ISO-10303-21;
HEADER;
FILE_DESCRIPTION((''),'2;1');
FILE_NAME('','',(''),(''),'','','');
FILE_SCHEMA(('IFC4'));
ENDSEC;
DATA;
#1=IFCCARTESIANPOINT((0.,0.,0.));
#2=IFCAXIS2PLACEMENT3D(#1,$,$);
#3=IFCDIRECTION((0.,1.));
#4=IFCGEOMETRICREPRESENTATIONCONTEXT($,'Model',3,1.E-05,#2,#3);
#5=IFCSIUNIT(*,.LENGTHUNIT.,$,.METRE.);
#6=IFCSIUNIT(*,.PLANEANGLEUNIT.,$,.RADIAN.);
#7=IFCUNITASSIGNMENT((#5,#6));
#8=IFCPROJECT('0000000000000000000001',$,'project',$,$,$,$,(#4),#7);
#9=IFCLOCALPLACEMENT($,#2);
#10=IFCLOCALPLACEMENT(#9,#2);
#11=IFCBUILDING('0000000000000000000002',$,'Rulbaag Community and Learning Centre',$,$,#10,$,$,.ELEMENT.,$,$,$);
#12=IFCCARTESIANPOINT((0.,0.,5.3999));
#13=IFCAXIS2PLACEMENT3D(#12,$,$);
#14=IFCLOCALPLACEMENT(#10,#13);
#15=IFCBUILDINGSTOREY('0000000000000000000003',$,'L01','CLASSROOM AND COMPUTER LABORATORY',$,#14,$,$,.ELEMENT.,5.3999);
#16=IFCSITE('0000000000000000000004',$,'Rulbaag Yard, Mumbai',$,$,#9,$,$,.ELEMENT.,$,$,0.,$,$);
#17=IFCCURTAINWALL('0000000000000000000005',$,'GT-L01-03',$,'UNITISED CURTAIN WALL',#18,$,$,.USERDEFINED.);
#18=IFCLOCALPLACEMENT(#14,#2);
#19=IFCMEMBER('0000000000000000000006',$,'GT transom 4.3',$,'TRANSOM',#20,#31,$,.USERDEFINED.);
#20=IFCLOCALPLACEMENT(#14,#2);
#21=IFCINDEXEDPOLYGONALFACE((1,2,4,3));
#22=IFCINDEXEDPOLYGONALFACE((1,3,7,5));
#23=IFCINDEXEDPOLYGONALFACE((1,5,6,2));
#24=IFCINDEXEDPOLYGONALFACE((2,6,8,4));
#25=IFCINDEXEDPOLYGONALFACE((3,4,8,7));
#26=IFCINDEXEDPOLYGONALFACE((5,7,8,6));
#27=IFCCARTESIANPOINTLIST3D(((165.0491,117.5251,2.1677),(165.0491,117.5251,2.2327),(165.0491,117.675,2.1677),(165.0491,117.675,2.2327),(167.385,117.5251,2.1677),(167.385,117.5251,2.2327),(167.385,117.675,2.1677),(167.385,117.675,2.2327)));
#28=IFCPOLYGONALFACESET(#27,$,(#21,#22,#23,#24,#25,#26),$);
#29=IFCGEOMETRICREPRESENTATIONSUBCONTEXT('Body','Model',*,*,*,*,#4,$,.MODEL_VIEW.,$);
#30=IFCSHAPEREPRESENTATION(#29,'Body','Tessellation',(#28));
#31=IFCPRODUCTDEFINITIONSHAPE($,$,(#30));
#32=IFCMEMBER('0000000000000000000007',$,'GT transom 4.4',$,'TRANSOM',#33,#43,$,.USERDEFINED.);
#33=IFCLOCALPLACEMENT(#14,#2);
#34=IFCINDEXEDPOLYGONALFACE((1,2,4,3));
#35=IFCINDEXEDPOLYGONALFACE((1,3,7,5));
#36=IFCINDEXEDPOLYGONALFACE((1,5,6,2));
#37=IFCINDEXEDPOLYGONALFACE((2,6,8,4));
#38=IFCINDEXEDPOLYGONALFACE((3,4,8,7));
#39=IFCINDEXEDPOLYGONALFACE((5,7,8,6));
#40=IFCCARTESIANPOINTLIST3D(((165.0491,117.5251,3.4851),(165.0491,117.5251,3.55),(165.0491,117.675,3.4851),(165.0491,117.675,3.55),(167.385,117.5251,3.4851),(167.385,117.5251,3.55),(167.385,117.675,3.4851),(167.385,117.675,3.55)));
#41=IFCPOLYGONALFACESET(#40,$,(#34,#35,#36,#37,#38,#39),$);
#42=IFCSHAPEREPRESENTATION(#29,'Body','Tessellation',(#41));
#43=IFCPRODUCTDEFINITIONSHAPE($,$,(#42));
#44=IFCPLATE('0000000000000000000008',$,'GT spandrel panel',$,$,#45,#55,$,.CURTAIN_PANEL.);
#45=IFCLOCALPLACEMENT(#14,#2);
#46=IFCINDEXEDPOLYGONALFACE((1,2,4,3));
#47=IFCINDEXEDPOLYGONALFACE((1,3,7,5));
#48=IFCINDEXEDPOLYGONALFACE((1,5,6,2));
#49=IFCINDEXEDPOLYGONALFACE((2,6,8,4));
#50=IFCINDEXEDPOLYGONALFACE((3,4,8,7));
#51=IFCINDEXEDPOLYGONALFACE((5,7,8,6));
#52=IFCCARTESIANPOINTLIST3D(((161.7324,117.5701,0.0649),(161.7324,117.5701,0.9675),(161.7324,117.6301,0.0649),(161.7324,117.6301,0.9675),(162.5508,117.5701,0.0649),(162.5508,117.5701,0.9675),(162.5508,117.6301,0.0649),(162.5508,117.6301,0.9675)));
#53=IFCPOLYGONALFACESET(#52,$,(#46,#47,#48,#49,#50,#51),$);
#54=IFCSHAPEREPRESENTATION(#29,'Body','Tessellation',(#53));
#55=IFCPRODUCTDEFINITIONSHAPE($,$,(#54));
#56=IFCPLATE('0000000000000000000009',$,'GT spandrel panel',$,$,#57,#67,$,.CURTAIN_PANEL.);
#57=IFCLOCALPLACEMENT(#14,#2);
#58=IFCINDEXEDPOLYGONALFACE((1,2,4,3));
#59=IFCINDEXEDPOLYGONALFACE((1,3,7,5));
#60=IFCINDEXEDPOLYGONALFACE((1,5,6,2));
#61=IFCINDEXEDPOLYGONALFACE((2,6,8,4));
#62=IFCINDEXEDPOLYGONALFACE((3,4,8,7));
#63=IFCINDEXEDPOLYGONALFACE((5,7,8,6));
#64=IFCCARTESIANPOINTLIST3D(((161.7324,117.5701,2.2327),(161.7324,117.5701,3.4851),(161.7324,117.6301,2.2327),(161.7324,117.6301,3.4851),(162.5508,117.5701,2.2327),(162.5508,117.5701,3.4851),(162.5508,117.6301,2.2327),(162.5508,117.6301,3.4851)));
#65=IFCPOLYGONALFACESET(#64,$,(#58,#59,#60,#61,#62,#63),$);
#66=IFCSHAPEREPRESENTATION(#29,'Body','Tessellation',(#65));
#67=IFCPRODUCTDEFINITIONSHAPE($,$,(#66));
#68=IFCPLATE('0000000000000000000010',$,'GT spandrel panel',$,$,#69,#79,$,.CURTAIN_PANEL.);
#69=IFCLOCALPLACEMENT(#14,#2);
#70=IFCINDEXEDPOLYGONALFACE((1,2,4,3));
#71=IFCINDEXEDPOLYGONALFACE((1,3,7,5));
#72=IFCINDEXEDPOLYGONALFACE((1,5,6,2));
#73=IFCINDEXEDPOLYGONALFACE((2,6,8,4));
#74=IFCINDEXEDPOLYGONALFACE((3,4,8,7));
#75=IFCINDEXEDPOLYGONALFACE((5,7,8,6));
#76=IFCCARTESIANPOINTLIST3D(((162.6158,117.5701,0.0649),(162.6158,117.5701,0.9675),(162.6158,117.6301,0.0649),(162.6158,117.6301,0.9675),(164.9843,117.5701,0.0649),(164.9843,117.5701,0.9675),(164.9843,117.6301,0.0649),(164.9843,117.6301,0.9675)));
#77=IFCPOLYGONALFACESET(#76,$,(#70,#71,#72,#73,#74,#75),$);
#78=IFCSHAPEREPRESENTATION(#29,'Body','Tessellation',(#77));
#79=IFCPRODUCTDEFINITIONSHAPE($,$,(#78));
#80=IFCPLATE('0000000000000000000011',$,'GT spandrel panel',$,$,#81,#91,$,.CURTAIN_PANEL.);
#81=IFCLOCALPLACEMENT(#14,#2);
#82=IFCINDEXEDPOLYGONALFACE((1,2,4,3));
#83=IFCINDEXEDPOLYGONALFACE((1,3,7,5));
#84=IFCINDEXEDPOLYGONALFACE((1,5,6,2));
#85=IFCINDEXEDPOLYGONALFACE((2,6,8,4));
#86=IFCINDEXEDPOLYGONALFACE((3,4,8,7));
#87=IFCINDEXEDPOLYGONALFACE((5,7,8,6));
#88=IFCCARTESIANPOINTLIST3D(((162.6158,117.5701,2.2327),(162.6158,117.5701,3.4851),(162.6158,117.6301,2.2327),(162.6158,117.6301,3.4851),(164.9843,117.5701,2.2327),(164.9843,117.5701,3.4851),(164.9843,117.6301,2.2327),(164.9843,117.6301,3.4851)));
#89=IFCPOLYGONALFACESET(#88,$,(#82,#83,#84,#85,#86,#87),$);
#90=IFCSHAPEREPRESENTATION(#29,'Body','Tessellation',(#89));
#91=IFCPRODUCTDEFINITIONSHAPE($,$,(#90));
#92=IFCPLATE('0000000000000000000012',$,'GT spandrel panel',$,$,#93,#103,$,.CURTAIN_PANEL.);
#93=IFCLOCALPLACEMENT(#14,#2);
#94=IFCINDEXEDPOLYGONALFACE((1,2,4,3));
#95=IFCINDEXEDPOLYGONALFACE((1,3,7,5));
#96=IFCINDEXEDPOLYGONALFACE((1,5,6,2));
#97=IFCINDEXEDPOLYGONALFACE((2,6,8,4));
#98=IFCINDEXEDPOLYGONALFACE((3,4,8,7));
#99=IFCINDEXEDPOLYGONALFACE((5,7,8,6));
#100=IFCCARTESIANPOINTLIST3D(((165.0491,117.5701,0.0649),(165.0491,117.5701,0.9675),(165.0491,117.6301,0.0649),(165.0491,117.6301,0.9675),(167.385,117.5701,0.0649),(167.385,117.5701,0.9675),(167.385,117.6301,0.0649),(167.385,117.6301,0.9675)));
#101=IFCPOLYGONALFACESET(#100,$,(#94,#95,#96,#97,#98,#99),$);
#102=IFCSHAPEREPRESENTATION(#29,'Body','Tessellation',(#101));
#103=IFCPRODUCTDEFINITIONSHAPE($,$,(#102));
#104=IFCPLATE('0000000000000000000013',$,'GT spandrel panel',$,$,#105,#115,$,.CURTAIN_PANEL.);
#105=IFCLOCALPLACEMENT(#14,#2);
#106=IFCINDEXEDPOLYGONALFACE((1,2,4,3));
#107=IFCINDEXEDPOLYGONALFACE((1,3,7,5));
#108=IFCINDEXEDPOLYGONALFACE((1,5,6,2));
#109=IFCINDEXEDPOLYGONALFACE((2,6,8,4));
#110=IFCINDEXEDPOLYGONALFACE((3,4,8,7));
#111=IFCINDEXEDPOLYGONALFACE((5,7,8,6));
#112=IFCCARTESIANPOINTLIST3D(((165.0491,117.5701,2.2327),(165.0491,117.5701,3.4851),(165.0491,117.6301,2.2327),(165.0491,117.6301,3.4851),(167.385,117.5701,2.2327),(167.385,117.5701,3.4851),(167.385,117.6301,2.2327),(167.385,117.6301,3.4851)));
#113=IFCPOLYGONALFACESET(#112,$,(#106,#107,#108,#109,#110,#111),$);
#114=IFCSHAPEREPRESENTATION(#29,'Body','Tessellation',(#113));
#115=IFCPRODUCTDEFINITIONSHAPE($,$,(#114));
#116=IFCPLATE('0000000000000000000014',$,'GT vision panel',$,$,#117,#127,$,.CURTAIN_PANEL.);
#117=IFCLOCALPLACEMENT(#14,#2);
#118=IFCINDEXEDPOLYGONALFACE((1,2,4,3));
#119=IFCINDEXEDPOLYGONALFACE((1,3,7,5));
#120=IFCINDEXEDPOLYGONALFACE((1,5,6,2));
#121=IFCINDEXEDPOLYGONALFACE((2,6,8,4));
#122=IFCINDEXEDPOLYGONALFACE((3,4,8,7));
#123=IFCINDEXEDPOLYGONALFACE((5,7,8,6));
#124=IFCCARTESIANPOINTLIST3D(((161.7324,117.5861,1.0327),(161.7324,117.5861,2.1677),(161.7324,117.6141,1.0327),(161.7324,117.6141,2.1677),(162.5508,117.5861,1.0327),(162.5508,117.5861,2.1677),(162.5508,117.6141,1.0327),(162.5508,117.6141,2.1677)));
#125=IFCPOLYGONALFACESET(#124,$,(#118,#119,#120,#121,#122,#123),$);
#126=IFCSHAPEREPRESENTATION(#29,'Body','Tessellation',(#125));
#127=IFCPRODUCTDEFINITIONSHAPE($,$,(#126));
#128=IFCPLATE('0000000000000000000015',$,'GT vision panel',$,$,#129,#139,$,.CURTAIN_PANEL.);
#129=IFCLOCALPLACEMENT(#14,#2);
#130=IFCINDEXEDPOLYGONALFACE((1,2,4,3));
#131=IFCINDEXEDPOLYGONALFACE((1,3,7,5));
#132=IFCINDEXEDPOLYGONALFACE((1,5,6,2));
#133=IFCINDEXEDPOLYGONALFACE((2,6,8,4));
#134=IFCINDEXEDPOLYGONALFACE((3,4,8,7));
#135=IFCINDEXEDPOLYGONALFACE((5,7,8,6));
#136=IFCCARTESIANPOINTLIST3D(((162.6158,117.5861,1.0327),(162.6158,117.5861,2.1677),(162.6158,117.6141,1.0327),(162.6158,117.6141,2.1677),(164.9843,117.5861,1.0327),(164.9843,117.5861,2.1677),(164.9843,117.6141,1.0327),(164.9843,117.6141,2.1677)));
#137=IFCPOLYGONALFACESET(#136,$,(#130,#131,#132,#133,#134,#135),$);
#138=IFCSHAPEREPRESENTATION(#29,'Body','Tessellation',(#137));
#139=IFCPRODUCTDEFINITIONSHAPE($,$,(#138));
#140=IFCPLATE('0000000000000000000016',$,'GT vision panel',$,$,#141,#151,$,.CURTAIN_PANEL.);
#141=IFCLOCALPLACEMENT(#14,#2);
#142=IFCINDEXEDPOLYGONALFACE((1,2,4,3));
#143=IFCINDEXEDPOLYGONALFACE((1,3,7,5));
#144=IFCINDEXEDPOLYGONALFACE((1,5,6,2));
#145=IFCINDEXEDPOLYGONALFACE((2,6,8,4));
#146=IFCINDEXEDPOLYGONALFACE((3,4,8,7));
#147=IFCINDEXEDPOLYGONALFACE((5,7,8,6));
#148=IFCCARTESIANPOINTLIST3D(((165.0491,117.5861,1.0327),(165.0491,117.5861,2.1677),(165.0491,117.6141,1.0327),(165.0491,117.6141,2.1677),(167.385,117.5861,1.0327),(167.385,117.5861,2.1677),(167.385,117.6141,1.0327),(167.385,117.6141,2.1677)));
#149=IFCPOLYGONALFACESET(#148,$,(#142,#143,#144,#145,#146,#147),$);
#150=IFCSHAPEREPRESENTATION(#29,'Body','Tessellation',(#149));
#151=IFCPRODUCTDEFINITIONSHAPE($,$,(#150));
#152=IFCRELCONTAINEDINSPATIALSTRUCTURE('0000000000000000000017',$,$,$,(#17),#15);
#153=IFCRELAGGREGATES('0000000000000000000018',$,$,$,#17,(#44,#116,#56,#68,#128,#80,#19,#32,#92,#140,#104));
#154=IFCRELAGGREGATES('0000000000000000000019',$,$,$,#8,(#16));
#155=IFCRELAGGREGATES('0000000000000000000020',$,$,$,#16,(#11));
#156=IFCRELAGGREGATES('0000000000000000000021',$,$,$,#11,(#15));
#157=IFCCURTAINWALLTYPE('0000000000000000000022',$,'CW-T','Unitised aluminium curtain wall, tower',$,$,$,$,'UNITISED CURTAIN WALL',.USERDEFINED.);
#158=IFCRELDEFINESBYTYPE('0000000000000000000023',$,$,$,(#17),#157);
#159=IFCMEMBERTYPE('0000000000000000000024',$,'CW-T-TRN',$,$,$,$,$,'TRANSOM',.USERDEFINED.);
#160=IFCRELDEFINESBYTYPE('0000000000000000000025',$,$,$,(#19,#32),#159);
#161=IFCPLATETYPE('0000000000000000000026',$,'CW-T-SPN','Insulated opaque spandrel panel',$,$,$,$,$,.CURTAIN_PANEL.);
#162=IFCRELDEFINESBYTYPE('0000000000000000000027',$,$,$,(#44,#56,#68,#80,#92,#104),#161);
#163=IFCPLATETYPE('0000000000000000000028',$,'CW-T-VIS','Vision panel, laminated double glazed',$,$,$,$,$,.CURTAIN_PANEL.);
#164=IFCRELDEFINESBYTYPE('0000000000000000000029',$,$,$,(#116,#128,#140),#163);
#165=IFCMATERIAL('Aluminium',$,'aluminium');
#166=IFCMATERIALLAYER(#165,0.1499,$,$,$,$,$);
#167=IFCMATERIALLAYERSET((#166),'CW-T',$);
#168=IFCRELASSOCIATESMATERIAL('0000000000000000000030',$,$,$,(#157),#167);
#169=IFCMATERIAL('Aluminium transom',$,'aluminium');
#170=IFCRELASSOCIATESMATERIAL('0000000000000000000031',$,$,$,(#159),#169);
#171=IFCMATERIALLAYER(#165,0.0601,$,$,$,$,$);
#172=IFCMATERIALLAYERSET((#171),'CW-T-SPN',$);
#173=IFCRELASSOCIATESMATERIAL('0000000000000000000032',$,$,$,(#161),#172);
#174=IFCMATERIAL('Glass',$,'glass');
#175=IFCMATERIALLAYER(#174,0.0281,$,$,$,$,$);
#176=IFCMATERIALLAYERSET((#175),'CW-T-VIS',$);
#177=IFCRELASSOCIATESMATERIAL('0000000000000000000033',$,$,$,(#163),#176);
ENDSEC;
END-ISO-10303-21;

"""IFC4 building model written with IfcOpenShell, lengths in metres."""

from ifc_helpers import new_model, si_unit, direction, frame, origin, origin_2d, place, context, subcontext, project, spatial, rectangle, extrude, material, layer, layer_set, material_profile, profile_set, type_object, element, aggregate, save


model = new_model("IFC4")

# Units and contexts
model_context = context("Model", 3, precision=1e-05, world=origin(), true_north=direction((0.0, 1.0)))
body_context = subcontext(model_context, "Body", "Model", "MODEL_VIEW")
ifc_project = project(units=[si_unit("LENGTHUNIT", "METRE"), si_unit("PLANEANGLEUNIT", "RADIAN")], contexts=[model_context])

# Site, building, storey
site_placement = place(None, origin())
site = spatial("IfcSite", under=ifc_project, at=site_placement, Name="Rulbaag Yard, Mumbai", CompositionType="ELEMENT", RefElevation=0.0)
building_placement = place(site_placement, origin())
building = spatial("IfcBuilding", under=site, at=building_placement, Name="Rulbaag Community and Learning Centre", CompositionType="ELEMENT")
storey_placement = place(building_placement, frame((0.0, 0.0, 5.3999)))
storey = spatial("IfcBuildingStorey", under=building, at=storey_placement, Name="L01", Description="CLASSROOM AND COMPUTER LABORATORY", CompositionType="ELEMENT", Elevation=5.3999)

# Curtain wall, members, plates
ifc_material_1 = material(Name="Aluminium", Category="aluminium")
ifc_layer_1 = layer(ifc_material_1, 0.1499)
ifc_layer_set_1 = layer_set([ifc_layer_1], Name="CW-T")
curtain_wall_type = type_object("IfcCurtainWallType", Name="CW-T", Description="Unitised aluminium curtain wall, tower", ElementType="UNITISED CURTAIN WALL", PredefinedType="USERDEFINED", material=ifc_layer_set_1)
curtain_wall_placement = place(storey_placement, origin())
curtain_wall = element("IfcCurtainWall", 1, at=curtain_wall_placement, inside=storey, type_object=curtain_wall_type, Name="GT-L01-03", ObjectType="UNITISED CURTAIN WALL", PredefinedType="USERDEFINED")
ifc_material_2 = material(Name="Aluminium transom", Category="aluminium")
ifc_material_profile_1 = material_profile(ifc_material_2, rectangle(XDim=0.1499, YDim=0.0649, at=origin_2d()), Name="AL 65x150 T")
ifc_profile_set_1 = profile_set([ifc_material_profile_1], Name="Aluminium transom")
member_type_1 = type_object("IfcMemberType", Name="CW-T-TRN", ElementType="TRANSOM", PredefinedType="USERDEFINED", material=ifc_profile_set_1)
member_1_placement = place(storey_placement, frame((165.0491, 117.6001, 2.2002), z_axis=(1.0, 0.0, 0.0), x_axis=(0.0, 1.0, 0.0)))
member_1 = element("IfcMember", 2, at=member_1_placement, type_object=member_type_1, Name="GT transom 4.3", ObjectType="TRANSOM", PredefinedType="USERDEFINED", context=body_context, shape_type="SweptSolid", body=[
    extrude(rectangle(XDim=0.1499, YDim=0.0649, at=origin_2d()), origin(), (0.0, 0.0, 1.0), 2.3359),
])
member_2_placement = place(storey_placement, frame((165.0491, 117.6001, 3.5176), z_axis=(1.0, 0.0, 0.0), x_axis=(0.0, 1.0, 0.0)))
member_2 = element("IfcMember", 3, at=member_2_placement, type_object=member_type_1, Name="GT transom 4.4", ObjectType="TRANSOM", PredefinedType="USERDEFINED", context=body_context, shape_type="SweptSolid", body=[
    extrude(rectangle(XDim=0.1499, YDim=0.0649, at=origin_2d()), origin(), (0.0, 0.0, 1.0), 2.3359),
])
ifc_layer_2 = layer(ifc_material_1, 0.0601)
ifc_layer_set_2 = layer_set([ifc_layer_2], Name="CW-T-SPN")
plate_type_1 = type_object("IfcPlateType", Name="CW-T-SPN", Description="Insulated opaque spandrel panel", PredefinedType="CURTAIN_PANEL", material=ifc_layer_set_2)
plate_1_placement = place(storey_placement, frame((162.1416, 117.6001, 0.0649), z_axis=(0.0, 0.0, 1.0), x_axis=(1.0, 0.0, 0.0)))
plate_1 = element("IfcPlate", 4, at=plate_1_placement, type_object=plate_type_1, Name="GT spandrel panel", PredefinedType="CURTAIN_PANEL", context=body_context, shape_type="SweptSolid", body=[
    extrude(rectangle(XDim=0.8184, YDim=0.0601, at=origin_2d()), origin(), (0.0, 0.0, 1.0), 0.9026),
])
plate_2_placement = place(storey_placement, frame((162.1416, 117.6001, 2.2327), z_axis=(0.0, 0.0, 1.0), x_axis=(1.0, 0.0, 0.0)))
plate_2 = element("IfcPlate", 5, at=plate_2_placement, type_object=plate_type_1, Name="GT spandrel panel", PredefinedType="CURTAIN_PANEL", context=body_context, shape_type="SweptSolid", body=[
    extrude(rectangle(XDim=0.8184, YDim=0.0601, at=origin_2d()), origin(), (0.0, 0.0, 1.0), 1.2524),
])
plate_3_placement = place(storey_placement, frame((163.8, 117.6001, 0.0649), z_axis=(0.0, 0.0, 1.0), x_axis=(1.0, 0.0, 0.0)))
plate_3 = element("IfcPlate", 6, at=plate_3_placement, type_object=plate_type_1, Name="GT spandrel panel", PredefinedType="CURTAIN_PANEL", context=body_context, shape_type="SweptSolid", body=[
    extrude(rectangle(XDim=2.3684, YDim=0.0601, at=origin_2d()), origin(), (0.0, 0.0, 1.0), 0.9026),
])
plate_4_placement = place(storey_placement, frame((163.8, 117.6001, 2.2327), z_axis=(0.0, 0.0, 1.0), x_axis=(1.0, 0.0, 0.0)))
plate_4 = element("IfcPlate", 7, at=plate_4_placement, type_object=plate_type_1, Name="GT spandrel panel", PredefinedType="CURTAIN_PANEL", context=body_context, shape_type="SweptSolid", body=[
    extrude(rectangle(XDim=2.3684, YDim=0.0601, at=origin_2d()), origin(), (0.0, 0.0, 1.0), 1.2524),
])
plate_5_placement = place(storey_placement, frame((166.217, 117.6001, 0.0649), z_axis=(0.0, 0.0, 1.0), x_axis=(1.0, 0.0, 0.0)))
plate_5 = element("IfcPlate", 8, at=plate_5_placement, type_object=plate_type_1, Name="GT spandrel panel", PredefinedType="CURTAIN_PANEL", context=body_context, shape_type="SweptSolid", body=[
    extrude(rectangle(XDim=2.3359, YDim=0.0601, at=origin_2d()), origin(), (0.0, 0.0, 1.0), 0.9026),
])
plate_6_placement = place(storey_placement, frame((166.217, 117.6001, 2.2327), z_axis=(0.0, 0.0, 1.0), x_axis=(1.0, 0.0, 0.0)))
plate_6 = element("IfcPlate", 9, at=plate_6_placement, type_object=plate_type_1, Name="GT spandrel panel", PredefinedType="CURTAIN_PANEL", context=body_context, shape_type="SweptSolid", body=[
    extrude(rectangle(XDim=2.3359, YDim=0.0601, at=origin_2d()), origin(), (0.0, 0.0, 1.0), 1.2524),
])
ifc_material_3 = material(Name="Glass", Category="glass")
ifc_layer_3 = layer(ifc_material_3, 0.0281)
ifc_layer_set_3 = layer_set([ifc_layer_3], Name="CW-T-VIS")
plate_type_2 = type_object("IfcPlateType", Name="CW-T-VIS", Description="Vision panel, laminated double glazed", PredefinedType="CURTAIN_PANEL", material=ifc_layer_set_3)
plate_7_placement = place(storey_placement, frame((162.1416, 117.6001, 1.0327), z_axis=(0.0, 0.0, 1.0), x_axis=(1.0, 0.0, 0.0)))
plate_7 = element("IfcPlate", 10, at=plate_7_placement, type_object=plate_type_2, Name="GT vision panel", PredefinedType="CURTAIN_PANEL", context=body_context, shape_type="SweptSolid", body=[
    extrude(rectangle(XDim=0.8184, YDim=0.0281, at=origin_2d()), origin(), (0.0, 0.0, 1.0), 1.135),
])
plate_8_placement = place(storey_placement, frame((163.8, 117.6001, 1.0327), z_axis=(0.0, 0.0, 1.0), x_axis=(1.0, 0.0, 0.0)))
plate_8 = element("IfcPlate", 11, at=plate_8_placement, type_object=plate_type_2, Name="GT vision panel", PredefinedType="CURTAIN_PANEL", context=body_context, shape_type="SweptSolid", body=[
    extrude(rectangle(XDim=2.3684, YDim=0.0281, at=origin_2d()), origin(), (0.0, 0.0, 1.0), 1.135),
])
plate_9_placement = place(storey_placement, frame((166.217, 117.6001, 1.0327), z_axis=(0.0, 0.0, 1.0), x_axis=(1.0, 0.0, 0.0)))
plate_9 = element("IfcPlate", 12, at=plate_9_placement, type_object=plate_type_2, Name="GT vision panel", PredefinedType="CURTAIN_PANEL", context=body_context, shape_type="SweptSolid", body=[
    extrude(rectangle(XDim=2.3359, YDim=0.0281, at=origin_2d()), origin(), (0.0, 0.0, 1.0), 1.135),
])
aggregate(curtain_wall, [plate_1, plate_7, plate_2, plate_3, plate_8, plate_4, member_1, member_2, plate_5, plate_9, plate_6])

save(model, "model.ifc")
